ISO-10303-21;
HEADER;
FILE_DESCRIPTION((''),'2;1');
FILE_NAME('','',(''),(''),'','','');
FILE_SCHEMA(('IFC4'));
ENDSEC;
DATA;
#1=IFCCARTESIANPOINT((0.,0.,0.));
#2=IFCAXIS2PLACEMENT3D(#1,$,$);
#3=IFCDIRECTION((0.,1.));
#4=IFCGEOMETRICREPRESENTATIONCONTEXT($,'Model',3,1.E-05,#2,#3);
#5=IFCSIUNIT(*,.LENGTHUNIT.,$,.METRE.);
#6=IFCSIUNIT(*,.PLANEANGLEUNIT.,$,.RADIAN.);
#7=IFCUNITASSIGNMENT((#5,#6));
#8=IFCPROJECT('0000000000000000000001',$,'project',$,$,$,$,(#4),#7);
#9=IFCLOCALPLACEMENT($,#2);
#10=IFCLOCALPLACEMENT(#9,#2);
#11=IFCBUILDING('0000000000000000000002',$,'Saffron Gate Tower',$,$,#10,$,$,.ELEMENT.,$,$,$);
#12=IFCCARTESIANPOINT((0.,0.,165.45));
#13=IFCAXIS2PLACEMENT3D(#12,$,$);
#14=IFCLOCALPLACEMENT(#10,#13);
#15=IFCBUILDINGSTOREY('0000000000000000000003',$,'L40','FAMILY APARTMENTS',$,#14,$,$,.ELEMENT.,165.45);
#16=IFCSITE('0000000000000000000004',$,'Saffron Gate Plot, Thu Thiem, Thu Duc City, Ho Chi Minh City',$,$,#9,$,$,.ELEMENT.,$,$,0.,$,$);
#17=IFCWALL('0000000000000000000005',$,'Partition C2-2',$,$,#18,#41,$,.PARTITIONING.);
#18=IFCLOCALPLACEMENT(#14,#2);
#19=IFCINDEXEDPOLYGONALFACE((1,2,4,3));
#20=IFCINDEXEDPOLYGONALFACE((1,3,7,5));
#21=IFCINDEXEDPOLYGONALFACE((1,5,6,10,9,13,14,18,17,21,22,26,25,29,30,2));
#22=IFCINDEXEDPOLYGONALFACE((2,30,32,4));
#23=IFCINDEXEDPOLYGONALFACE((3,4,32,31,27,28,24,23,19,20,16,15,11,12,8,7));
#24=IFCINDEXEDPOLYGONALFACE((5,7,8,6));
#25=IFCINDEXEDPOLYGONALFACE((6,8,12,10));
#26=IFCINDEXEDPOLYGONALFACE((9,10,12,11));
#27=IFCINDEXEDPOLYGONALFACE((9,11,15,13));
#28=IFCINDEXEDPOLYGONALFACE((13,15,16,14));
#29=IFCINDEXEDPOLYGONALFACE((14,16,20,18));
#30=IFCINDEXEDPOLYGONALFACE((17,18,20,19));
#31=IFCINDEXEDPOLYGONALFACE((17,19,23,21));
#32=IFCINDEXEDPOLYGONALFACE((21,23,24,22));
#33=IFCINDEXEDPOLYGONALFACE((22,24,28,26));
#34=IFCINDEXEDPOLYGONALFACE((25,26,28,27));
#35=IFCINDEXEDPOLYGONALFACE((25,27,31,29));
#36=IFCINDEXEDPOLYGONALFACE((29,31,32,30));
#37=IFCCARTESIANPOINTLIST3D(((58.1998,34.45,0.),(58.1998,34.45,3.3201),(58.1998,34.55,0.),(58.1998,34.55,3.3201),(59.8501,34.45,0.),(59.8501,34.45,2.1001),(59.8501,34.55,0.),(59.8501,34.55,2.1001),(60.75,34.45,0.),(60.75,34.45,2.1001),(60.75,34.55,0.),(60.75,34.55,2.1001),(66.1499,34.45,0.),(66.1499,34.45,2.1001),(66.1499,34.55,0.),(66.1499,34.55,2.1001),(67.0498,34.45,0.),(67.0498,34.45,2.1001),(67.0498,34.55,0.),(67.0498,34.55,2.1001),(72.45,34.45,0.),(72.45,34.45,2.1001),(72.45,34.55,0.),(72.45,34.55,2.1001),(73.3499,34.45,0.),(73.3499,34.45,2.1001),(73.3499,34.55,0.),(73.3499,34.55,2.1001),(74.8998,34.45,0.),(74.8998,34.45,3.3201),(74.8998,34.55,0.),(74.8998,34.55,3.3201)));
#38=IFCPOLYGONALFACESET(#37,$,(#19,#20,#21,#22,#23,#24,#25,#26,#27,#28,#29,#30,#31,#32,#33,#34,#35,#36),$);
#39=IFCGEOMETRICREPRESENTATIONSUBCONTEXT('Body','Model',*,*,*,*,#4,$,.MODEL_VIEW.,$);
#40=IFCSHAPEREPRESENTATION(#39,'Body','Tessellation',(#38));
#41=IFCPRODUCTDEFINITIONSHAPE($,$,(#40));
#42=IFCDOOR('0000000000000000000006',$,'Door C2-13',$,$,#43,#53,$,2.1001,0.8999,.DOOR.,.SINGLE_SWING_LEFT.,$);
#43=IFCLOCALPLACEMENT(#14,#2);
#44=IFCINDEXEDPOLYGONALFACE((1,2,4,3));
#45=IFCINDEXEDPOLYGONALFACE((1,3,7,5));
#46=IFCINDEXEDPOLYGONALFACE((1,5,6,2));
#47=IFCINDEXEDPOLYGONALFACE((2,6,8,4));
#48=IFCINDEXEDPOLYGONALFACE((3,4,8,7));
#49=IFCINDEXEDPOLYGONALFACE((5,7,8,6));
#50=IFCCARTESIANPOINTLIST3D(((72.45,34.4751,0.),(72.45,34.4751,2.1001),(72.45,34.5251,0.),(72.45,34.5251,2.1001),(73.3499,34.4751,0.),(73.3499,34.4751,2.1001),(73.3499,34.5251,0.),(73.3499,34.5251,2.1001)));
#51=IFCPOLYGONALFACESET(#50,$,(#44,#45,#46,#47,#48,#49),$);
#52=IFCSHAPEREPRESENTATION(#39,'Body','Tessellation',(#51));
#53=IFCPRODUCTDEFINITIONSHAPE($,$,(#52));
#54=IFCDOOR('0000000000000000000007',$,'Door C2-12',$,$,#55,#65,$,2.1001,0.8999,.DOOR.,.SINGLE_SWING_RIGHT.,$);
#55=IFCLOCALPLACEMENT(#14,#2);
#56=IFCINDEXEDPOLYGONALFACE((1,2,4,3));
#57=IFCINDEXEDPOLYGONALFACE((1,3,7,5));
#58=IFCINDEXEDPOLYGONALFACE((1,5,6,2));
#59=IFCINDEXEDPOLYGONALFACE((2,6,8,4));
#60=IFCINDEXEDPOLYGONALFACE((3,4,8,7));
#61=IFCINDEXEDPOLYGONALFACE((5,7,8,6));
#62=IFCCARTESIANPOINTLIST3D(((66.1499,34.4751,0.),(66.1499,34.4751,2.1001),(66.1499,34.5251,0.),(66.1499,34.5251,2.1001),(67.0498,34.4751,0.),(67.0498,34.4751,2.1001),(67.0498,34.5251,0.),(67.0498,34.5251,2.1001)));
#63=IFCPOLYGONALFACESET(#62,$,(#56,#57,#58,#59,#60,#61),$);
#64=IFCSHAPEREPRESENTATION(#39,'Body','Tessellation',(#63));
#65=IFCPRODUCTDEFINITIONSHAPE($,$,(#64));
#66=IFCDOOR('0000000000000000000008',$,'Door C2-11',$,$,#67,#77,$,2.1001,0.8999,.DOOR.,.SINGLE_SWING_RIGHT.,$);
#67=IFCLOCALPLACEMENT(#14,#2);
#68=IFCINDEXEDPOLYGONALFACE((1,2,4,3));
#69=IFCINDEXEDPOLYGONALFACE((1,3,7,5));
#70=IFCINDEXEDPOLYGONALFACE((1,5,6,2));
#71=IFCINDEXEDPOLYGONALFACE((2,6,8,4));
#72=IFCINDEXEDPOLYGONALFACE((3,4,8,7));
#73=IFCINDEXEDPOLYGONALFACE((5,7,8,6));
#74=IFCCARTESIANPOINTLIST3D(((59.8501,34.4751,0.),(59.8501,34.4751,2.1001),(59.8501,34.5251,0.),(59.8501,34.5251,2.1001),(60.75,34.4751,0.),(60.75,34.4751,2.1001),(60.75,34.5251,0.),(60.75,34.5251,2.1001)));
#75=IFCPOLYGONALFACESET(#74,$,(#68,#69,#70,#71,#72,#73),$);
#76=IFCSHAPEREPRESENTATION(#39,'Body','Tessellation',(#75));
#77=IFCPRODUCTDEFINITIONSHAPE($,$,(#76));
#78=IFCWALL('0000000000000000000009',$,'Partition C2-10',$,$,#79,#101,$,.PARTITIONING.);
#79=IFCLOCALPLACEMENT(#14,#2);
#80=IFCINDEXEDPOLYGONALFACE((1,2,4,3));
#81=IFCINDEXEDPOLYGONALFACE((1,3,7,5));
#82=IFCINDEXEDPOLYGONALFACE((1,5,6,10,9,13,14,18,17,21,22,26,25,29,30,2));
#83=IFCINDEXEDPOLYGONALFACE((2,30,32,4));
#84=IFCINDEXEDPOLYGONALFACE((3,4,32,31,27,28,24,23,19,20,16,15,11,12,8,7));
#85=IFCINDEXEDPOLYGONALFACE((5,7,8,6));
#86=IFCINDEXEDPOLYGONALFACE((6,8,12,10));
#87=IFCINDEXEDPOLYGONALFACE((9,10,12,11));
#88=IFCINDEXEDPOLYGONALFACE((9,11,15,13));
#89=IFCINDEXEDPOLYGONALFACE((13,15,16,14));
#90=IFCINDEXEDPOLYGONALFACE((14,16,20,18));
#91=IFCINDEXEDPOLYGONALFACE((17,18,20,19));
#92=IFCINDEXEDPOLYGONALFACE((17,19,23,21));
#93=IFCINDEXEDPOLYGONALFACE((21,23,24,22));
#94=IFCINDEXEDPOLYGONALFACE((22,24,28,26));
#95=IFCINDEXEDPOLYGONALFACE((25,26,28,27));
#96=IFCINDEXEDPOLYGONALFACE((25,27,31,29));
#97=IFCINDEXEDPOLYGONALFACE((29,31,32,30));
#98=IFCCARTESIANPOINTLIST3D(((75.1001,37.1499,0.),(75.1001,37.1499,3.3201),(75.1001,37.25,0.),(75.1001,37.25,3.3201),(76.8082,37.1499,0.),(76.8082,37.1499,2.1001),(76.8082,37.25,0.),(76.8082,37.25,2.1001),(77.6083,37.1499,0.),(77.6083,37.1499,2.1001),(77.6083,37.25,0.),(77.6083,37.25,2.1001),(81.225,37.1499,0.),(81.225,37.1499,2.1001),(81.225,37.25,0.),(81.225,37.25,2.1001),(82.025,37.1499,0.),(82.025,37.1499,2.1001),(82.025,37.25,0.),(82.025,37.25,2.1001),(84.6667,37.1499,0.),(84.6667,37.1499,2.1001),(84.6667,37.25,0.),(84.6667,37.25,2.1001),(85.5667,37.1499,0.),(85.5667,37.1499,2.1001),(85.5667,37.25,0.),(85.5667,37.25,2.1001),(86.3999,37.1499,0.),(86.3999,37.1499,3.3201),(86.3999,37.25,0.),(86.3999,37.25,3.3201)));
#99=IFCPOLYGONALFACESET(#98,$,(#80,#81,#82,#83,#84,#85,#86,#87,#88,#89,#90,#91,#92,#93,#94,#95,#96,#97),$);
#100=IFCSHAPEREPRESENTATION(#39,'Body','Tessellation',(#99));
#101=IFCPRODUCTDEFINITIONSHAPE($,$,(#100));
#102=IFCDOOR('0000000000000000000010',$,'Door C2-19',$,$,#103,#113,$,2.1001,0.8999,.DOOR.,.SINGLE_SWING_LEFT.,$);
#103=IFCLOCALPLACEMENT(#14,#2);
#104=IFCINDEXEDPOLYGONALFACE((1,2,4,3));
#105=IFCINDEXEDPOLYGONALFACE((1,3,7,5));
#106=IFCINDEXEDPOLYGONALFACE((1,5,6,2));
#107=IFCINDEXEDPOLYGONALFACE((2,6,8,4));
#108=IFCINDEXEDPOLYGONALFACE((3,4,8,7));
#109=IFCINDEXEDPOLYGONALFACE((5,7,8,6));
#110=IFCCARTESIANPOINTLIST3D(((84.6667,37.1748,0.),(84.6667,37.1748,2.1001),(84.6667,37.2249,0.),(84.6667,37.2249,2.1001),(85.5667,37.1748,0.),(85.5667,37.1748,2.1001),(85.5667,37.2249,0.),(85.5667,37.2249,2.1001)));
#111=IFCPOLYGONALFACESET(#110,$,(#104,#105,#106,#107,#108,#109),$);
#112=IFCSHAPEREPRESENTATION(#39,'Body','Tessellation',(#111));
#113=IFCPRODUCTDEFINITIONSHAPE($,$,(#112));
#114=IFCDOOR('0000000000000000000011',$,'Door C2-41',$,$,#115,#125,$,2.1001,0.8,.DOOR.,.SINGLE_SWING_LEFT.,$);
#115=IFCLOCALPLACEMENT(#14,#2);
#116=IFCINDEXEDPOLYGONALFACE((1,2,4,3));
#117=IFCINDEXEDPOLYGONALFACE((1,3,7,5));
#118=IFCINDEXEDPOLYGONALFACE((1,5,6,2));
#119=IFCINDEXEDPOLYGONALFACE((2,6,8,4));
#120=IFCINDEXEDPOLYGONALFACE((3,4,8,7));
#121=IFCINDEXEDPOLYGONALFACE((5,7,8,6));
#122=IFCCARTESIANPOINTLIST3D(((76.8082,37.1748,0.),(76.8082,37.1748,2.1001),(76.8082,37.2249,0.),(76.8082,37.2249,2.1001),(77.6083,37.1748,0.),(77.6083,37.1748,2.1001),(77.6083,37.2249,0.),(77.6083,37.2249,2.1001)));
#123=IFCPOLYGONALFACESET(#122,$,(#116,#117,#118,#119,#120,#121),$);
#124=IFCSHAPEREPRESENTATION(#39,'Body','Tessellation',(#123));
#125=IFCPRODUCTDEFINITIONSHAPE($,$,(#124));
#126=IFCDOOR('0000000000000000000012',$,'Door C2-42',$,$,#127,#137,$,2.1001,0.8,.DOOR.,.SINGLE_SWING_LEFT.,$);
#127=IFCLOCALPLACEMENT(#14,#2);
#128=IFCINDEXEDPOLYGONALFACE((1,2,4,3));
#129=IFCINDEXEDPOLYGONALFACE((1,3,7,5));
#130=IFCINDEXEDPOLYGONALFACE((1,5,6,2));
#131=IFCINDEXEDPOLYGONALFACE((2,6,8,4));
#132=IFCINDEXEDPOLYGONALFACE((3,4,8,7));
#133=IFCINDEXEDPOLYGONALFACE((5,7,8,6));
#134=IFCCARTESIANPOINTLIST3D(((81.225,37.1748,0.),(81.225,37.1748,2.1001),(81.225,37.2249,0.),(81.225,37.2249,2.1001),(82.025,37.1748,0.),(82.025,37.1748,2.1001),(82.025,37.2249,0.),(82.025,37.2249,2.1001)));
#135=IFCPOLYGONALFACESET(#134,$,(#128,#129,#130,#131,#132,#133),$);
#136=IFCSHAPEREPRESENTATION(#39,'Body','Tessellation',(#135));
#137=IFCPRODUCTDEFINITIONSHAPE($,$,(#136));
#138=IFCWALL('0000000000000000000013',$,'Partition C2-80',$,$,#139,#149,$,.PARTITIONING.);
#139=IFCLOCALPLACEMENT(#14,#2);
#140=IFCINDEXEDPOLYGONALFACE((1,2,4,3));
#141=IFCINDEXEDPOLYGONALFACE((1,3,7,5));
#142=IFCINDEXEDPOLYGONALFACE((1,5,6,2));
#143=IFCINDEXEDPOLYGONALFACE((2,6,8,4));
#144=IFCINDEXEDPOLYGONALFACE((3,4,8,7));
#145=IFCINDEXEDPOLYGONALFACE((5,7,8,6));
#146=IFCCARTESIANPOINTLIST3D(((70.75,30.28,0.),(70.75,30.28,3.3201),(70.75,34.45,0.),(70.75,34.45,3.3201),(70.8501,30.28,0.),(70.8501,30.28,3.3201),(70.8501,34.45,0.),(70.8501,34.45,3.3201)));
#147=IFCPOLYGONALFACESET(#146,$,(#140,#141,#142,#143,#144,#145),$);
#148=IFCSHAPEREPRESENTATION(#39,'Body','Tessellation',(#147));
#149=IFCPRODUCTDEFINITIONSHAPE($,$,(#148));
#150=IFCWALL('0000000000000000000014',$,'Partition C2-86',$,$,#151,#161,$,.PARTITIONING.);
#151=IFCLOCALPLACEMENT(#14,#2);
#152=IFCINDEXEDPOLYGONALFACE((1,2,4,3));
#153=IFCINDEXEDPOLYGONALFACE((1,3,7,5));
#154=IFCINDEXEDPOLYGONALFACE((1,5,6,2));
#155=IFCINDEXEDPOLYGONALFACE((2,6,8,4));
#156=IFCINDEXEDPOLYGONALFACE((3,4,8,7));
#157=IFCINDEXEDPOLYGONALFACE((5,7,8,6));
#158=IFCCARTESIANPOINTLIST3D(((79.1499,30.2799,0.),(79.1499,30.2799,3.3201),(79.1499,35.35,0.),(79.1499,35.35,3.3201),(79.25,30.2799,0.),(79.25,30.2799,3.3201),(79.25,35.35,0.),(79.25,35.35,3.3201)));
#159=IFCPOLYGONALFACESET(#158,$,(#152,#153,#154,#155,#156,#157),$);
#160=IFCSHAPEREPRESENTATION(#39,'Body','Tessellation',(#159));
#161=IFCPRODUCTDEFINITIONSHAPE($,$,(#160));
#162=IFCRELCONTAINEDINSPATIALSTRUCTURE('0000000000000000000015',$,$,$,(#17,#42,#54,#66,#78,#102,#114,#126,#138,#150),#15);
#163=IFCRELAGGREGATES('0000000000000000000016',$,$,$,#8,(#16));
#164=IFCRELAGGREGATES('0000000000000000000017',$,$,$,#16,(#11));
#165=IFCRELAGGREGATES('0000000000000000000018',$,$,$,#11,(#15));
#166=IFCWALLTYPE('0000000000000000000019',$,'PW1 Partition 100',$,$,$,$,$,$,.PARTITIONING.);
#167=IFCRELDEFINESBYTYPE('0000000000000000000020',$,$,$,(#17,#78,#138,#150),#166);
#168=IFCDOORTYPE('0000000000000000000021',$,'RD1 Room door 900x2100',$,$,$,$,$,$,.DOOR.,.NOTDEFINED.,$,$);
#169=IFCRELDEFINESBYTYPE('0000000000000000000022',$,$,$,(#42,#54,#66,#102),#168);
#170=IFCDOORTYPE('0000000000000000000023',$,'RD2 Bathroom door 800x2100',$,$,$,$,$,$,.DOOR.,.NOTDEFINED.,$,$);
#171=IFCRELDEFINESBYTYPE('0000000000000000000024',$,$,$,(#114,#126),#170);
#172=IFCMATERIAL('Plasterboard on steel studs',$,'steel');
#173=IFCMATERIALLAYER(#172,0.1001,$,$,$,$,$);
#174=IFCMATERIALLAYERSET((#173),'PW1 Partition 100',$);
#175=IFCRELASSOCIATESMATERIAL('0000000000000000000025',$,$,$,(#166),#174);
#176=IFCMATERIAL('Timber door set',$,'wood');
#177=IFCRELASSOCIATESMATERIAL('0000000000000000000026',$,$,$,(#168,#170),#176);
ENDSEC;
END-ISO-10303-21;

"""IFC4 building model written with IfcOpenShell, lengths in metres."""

from ifc_helpers import new_model, si_unit, direction, frame, frame_2d, origin, place, context, subcontext, project, spatial, rectangle, extrude, material, layer, layer_set, type_object, element, fill, save


model = new_model("IFC4")

# Units and contexts
model_context = context("Model", 3, precision=1e-05, world=origin(), true_north=direction((0.0, 1.0)))
body_context = subcontext(model_context, "Body", "Model", "MODEL_VIEW")
ifc_project = project(units=[si_unit("LENGTHUNIT", "METRE"), si_unit("PLANEANGLEUNIT", "RADIAN")], contexts=[model_context])

# Site, building, storey
site_placement = place(None, origin())
site = spatial("IfcSite", under=ifc_project, at=site_placement, Name="Saffron Gate Plot, Thu Thiem, Thu Duc City, Ho Chi Minh City", CompositionType="ELEMENT", RefElevation=0.0)
building_placement = place(site_placement, origin())
building = spatial("IfcBuilding", under=site, at=building_placement, Name="Saffron Gate Tower", CompositionType="ELEMENT")
storey_placement = place(building_placement, frame((0.0, 0.0, 165.45)))
storey = spatial("IfcBuildingStorey", under=building, at=storey_placement, Name="L40", Description="FAMILY APARTMENTS", CompositionType="ELEMENT", Elevation=165.45)

# Walls, openings, doors
ifc_material_1 = material(Name="Plasterboard on steel studs", Category="steel")
ifc_layer_1 = layer(ifc_material_1, 0.1001)
ifc_layer_set_1 = layer_set([ifc_layer_1], Name="PW1 Partition 100")
wall_type_1 = type_object("IfcWallType", Name="PW1 Partition 100", PredefinedType="PARTITIONING", material=ifc_layer_set_1)
wall_1_placement = place(storey_placement, frame((74.8999, 34.5, 0.0), z_axis=(0.0, 0.0, 1.0), x_axis=(-1.0, 0.0, 0.0)))
wall_1 = element("IfcWall", 1, at=wall_1_placement, inside=storey, type_object=wall_type_1, Name="Partition C2-2", PredefinedType="PARTITIONING", context=body_context, shape_type="SweptSolid", body=[
    extrude(rectangle(XDim=16.7, YDim=0.1001, at=frame_2d((8.3501, 0.0))), origin(), (0.0, 0.0, 1.0), 3.3201),
])
opening_1_placement = place(wall_1_placement, frame((1.55, 0.0, 0.0)))
opening_1 = element("IfcOpeningElement", 2, at=opening_1_placement, cuts=wall_1, PredefinedType="OPENING", context=body_context, shape_type="SweptSolid", body=[
    extrude(rectangle(XDim=0.8999, YDim=2.1001, at=frame_2d((0.45, 1.05))), frame((0.0, 0.0601, 0.0), z_axis=(0.0, -1.0, 0.0), x_axis=(1.0, 0.0, 0.0)), (0.0, 0.0, 1.0), 0.1201),
])
opening_2_placement = place(wall_1_placement, frame((7.8501, 0.0, 0.0)))
opening_2 = element("IfcOpeningElement", 3, at=opening_2_placement, cuts=wall_1, PredefinedType="OPENING", context=body_context, shape_type="SweptSolid", body=[
    extrude(rectangle(XDim=0.8999, YDim=2.1001, at=frame_2d((0.45, 1.05))), frame((0.0, 0.0601, 0.0), z_axis=(0.0, -1.0, 0.0), x_axis=(1.0, 0.0, 0.0)), (0.0, 0.0, 1.0), 0.1201),
])
opening_3_placement = place(wall_1_placement, frame((14.1499, 0.0, 0.0)))
opening_3 = element("IfcOpeningElement", 4, at=opening_3_placement, cuts=wall_1, PredefinedType="OPENING", context=body_context, shape_type="SweptSolid", body=[
    extrude(rectangle(XDim=0.8999, YDim=2.1001, at=frame_2d((0.45, 1.05))), frame((0.0, 0.0601, 0.0), z_axis=(0.0, -1.0, 0.0), x_axis=(1.0, 0.0, 0.0)), (0.0, 0.0, 1.0), 0.1201),
])
ifc_material_2 = material(Name="Timber door set", Category="wood")
door_type_1 = type_object("IfcDoorType", Name="RD1 Room door 900x2100", OperationType="NOTDEFINED", PredefinedType="DOOR", material=ifc_material_2)
door_1_placement = place(opening_1_placement, origin())
door_1 = element("IfcDoor", 5, at=door_1_placement, inside=storey, type_object=door_type_1, Name="Door C2-13", OperationType="SINGLE_SWING_LEFT", OverallHeight=2.1001, OverallWidth=0.8999, PredefinedType="DOOR", context=body_context, shape_type="SweptSolid", body=[
    extrude(rectangle(XDim=0.8999, YDim=2.1001, at=frame_2d((0.45, 1.05))), frame((0.0, 0.0249, 0.0), z_axis=(0.0, -1.0, 0.0), x_axis=(1.0, 0.0, 0.0)), (0.0, 0.0, 1.0), 0.05),
])
fill(opening_1, door_1)
door_2_placement = place(opening_2_placement, origin())
door_2 = element("IfcDoor", 6, at=door_2_placement, inside=storey, type_object=door_type_1, Name="Door C2-12", OperationType="SINGLE_SWING_RIGHT", OverallHeight=2.1001, OverallWidth=0.8999, PredefinedType="DOOR", context=body_context, shape_type="SweptSolid", body=[
    extrude(rectangle(XDim=0.8999, YDim=2.1001, at=frame_2d((0.45, 1.05))), frame((0.0, 0.0249, 0.0), z_axis=(0.0, -1.0, 0.0), x_axis=(1.0, 0.0, 0.0)), (0.0, 0.0, 1.0), 0.05),
])
fill(opening_2, door_2)
door_3_placement = place(opening_3_placement, origin())
door_3 = element("IfcDoor", 7, at=door_3_placement, inside=storey, type_object=door_type_1, Name="Door C2-11", OperationType="SINGLE_SWING_RIGHT", OverallHeight=2.1001, OverallWidth=0.8999, PredefinedType="DOOR", context=body_context, shape_type="SweptSolid", body=[
    extrude(rectangle(XDim=0.8999, YDim=2.1001, at=frame_2d((0.45, 1.05))), frame((0.0, 0.0249, 0.0), z_axis=(0.0, -1.0, 0.0), x_axis=(1.0, 0.0, 0.0)), (0.0, 0.0, 1.0), 0.05),
])
fill(opening_3, door_3)
wall_2_placement = place(storey_placement, frame((75.1001, 37.2, 0.0), z_axis=(0.0, 0.0, 1.0), x_axis=(1.0, 0.0, 0.0)))
wall_2 = element("IfcWall", 8, at=wall_2_placement, inside=storey, type_object=wall_type_1, Name="Partition C2-10", PredefinedType="PARTITIONING", context=body_context, shape_type="SweptSolid", body=[
    extrude(rectangle(XDim=11.2998, YDim=0.1001, at=frame_2d((5.6499, 0.0))), origin(), (0.0, 0.0, 1.0), 3.3201),
])
opening_4_placement = place(wall_2_placement, frame((1.7083, 0.0, 0.0)))
opening_4 = element("IfcOpeningElement", 9, at=opening_4_placement, cuts=wall_2, PredefinedType="OPENING", context=body_context, shape_type="SweptSolid", body=[
    extrude(rectangle(XDim=0.8, YDim=2.1001, at=frame_2d((0.3999, 1.05))), frame((0.0, 0.0601, 0.0), z_axis=(0.0, -1.0, 0.0), x_axis=(1.0, 0.0, 0.0)), (0.0, 0.0, 1.0), 0.1201),
])
opening_5_placement = place(wall_2_placement, frame((6.125, 0.0, 0.0)))
opening_5 = element("IfcOpeningElement", 10, at=opening_5_placement, cuts=wall_2, PredefinedType="OPENING", context=body_context, shape_type="SweptSolid", body=[
    extrude(rectangle(XDim=0.8, YDim=2.1001, at=frame_2d((0.3999, 1.05))), frame((0.0, 0.0601, 0.0), z_axis=(0.0, -1.0, 0.0), x_axis=(1.0, 0.0, 0.0)), (0.0, 0.0, 1.0), 0.1201),
])
opening_6_placement = place(wall_2_placement, frame((9.5667, 0.0, 0.0)))
opening_6 = element("IfcOpeningElement", 11, at=opening_6_placement, cuts=wall_2, PredefinedType="OPENING", context=body_context, shape_type="SweptSolid", body=[
    extrude(rectangle(XDim=0.8999, YDim=2.1001, at=frame_2d((0.45, 1.05))), frame((0.0, 0.0601, 0.0), z_axis=(0.0, -1.0, 0.0), x_axis=(1.0, 0.0, 0.0)), (0.0, 0.0, 1.0), 0.1201),
])
door_4_placement = place(opening_6_placement, origin())
door_4 = element("IfcDoor", 12, at=door_4_placement, inside=storey, type_object=door_type_1, Name="Door C2-19", OperationType="SINGLE_SWING_LEFT", OverallHeight=2.1001, OverallWidth=0.8999, PredefinedType="DOOR", context=body_context, shape_type="SweptSolid", body=[
    extrude(rectangle(XDim=0.8999, YDim=2.1001, at=frame_2d((0.45, 1.05))), frame((0.0, 0.0249, 0.0), z_axis=(0.0, -1.0, 0.0), x_axis=(1.0, 0.0, 0.0)), (0.0, 0.0, 1.0), 0.05),
])
fill(opening_6, door_4)
door_type_2 = type_object("IfcDoorType", Name="RD2 Bathroom door 800x2100", OperationType="NOTDEFINED", PredefinedType="DOOR", material=ifc_material_2)
door_5_placement = place(opening_4_placement, origin())
door_5 = element("IfcDoor", 13, at=door_5_placement, inside=storey, type_object=door_type_2, Name="Door C2-41", OperationType="SINGLE_SWING_LEFT", OverallHeight=2.1001, OverallWidth=0.8, PredefinedType="DOOR", context=body_context, shape_type="SweptSolid", body=[
    extrude(rectangle(XDim=0.8, YDim=2.1001, at=frame_2d((0.3999, 1.05))), frame((0.0, 0.0249, 0.0), z_axis=(0.0, -1.0, 0.0), x_axis=(1.0, 0.0, 0.0)), (0.0, 0.0, 1.0), 0.05),
])
fill(opening_4, door_5)
door_6_placement = place(opening_5_placement, origin())
door_6 = element("IfcDoor", 14, at=door_6_placement, inside=storey, type_object=door_type_2, Name="Door C2-42", OperationType="SINGLE_SWING_LEFT", OverallHeight=2.1001, OverallWidth=0.8, PredefinedType="DOOR", context=body_context, shape_type="SweptSolid", body=[
    extrude(rectangle(XDim=0.8, YDim=2.1001, at=frame_2d((0.3999, 1.05))), frame((0.0, 0.0249, 0.0), z_axis=(0.0, -1.0, 0.0), x_axis=(1.0, 0.0, 0.0)), (0.0, 0.0, 1.0), 0.05),
])
fill(opening_5, door_6)

# Walls
wall_3_placement = place(storey_placement, frame((70.8, 34.45, 0.0), z_axis=(0.0, 0.0, 1.0), x_axis=(0.0, -1.0, 0.0)))
element("IfcWall", 15, at=wall_3_placement, inside=storey, type_object=wall_type_1, Name="Partition C2-80", PredefinedType="PARTITIONING", context=body_context, shape_type="SweptSolid", body=[
    extrude(rectangle(XDim=4.1699, YDim=0.1001, at=frame_2d((2.085, 0.0))), origin(), (0.0, 0.0, 1.0), 3.3201),
])
wall_4_placement = place(storey_placement, frame((79.2, 35.3501, 0.0), z_axis=(0.0, 0.0, 1.0), x_axis=(0.0, -1.0, 0.0)))
element("IfcWall", 16, at=wall_4_placement, inside=storey, type_object=wall_type_1, Name="Partition C2-86", PredefinedType="PARTITIONING", context=body_context, shape_type="SweptSolid", body=[
    extrude(rectangle(XDim=5.0701, YDim=0.1001, at=frame_2d((2.5352, 0.0))), origin(), (0.0, 0.0, 1.0), 3.3201),
])

save(model, "model.ifc")
